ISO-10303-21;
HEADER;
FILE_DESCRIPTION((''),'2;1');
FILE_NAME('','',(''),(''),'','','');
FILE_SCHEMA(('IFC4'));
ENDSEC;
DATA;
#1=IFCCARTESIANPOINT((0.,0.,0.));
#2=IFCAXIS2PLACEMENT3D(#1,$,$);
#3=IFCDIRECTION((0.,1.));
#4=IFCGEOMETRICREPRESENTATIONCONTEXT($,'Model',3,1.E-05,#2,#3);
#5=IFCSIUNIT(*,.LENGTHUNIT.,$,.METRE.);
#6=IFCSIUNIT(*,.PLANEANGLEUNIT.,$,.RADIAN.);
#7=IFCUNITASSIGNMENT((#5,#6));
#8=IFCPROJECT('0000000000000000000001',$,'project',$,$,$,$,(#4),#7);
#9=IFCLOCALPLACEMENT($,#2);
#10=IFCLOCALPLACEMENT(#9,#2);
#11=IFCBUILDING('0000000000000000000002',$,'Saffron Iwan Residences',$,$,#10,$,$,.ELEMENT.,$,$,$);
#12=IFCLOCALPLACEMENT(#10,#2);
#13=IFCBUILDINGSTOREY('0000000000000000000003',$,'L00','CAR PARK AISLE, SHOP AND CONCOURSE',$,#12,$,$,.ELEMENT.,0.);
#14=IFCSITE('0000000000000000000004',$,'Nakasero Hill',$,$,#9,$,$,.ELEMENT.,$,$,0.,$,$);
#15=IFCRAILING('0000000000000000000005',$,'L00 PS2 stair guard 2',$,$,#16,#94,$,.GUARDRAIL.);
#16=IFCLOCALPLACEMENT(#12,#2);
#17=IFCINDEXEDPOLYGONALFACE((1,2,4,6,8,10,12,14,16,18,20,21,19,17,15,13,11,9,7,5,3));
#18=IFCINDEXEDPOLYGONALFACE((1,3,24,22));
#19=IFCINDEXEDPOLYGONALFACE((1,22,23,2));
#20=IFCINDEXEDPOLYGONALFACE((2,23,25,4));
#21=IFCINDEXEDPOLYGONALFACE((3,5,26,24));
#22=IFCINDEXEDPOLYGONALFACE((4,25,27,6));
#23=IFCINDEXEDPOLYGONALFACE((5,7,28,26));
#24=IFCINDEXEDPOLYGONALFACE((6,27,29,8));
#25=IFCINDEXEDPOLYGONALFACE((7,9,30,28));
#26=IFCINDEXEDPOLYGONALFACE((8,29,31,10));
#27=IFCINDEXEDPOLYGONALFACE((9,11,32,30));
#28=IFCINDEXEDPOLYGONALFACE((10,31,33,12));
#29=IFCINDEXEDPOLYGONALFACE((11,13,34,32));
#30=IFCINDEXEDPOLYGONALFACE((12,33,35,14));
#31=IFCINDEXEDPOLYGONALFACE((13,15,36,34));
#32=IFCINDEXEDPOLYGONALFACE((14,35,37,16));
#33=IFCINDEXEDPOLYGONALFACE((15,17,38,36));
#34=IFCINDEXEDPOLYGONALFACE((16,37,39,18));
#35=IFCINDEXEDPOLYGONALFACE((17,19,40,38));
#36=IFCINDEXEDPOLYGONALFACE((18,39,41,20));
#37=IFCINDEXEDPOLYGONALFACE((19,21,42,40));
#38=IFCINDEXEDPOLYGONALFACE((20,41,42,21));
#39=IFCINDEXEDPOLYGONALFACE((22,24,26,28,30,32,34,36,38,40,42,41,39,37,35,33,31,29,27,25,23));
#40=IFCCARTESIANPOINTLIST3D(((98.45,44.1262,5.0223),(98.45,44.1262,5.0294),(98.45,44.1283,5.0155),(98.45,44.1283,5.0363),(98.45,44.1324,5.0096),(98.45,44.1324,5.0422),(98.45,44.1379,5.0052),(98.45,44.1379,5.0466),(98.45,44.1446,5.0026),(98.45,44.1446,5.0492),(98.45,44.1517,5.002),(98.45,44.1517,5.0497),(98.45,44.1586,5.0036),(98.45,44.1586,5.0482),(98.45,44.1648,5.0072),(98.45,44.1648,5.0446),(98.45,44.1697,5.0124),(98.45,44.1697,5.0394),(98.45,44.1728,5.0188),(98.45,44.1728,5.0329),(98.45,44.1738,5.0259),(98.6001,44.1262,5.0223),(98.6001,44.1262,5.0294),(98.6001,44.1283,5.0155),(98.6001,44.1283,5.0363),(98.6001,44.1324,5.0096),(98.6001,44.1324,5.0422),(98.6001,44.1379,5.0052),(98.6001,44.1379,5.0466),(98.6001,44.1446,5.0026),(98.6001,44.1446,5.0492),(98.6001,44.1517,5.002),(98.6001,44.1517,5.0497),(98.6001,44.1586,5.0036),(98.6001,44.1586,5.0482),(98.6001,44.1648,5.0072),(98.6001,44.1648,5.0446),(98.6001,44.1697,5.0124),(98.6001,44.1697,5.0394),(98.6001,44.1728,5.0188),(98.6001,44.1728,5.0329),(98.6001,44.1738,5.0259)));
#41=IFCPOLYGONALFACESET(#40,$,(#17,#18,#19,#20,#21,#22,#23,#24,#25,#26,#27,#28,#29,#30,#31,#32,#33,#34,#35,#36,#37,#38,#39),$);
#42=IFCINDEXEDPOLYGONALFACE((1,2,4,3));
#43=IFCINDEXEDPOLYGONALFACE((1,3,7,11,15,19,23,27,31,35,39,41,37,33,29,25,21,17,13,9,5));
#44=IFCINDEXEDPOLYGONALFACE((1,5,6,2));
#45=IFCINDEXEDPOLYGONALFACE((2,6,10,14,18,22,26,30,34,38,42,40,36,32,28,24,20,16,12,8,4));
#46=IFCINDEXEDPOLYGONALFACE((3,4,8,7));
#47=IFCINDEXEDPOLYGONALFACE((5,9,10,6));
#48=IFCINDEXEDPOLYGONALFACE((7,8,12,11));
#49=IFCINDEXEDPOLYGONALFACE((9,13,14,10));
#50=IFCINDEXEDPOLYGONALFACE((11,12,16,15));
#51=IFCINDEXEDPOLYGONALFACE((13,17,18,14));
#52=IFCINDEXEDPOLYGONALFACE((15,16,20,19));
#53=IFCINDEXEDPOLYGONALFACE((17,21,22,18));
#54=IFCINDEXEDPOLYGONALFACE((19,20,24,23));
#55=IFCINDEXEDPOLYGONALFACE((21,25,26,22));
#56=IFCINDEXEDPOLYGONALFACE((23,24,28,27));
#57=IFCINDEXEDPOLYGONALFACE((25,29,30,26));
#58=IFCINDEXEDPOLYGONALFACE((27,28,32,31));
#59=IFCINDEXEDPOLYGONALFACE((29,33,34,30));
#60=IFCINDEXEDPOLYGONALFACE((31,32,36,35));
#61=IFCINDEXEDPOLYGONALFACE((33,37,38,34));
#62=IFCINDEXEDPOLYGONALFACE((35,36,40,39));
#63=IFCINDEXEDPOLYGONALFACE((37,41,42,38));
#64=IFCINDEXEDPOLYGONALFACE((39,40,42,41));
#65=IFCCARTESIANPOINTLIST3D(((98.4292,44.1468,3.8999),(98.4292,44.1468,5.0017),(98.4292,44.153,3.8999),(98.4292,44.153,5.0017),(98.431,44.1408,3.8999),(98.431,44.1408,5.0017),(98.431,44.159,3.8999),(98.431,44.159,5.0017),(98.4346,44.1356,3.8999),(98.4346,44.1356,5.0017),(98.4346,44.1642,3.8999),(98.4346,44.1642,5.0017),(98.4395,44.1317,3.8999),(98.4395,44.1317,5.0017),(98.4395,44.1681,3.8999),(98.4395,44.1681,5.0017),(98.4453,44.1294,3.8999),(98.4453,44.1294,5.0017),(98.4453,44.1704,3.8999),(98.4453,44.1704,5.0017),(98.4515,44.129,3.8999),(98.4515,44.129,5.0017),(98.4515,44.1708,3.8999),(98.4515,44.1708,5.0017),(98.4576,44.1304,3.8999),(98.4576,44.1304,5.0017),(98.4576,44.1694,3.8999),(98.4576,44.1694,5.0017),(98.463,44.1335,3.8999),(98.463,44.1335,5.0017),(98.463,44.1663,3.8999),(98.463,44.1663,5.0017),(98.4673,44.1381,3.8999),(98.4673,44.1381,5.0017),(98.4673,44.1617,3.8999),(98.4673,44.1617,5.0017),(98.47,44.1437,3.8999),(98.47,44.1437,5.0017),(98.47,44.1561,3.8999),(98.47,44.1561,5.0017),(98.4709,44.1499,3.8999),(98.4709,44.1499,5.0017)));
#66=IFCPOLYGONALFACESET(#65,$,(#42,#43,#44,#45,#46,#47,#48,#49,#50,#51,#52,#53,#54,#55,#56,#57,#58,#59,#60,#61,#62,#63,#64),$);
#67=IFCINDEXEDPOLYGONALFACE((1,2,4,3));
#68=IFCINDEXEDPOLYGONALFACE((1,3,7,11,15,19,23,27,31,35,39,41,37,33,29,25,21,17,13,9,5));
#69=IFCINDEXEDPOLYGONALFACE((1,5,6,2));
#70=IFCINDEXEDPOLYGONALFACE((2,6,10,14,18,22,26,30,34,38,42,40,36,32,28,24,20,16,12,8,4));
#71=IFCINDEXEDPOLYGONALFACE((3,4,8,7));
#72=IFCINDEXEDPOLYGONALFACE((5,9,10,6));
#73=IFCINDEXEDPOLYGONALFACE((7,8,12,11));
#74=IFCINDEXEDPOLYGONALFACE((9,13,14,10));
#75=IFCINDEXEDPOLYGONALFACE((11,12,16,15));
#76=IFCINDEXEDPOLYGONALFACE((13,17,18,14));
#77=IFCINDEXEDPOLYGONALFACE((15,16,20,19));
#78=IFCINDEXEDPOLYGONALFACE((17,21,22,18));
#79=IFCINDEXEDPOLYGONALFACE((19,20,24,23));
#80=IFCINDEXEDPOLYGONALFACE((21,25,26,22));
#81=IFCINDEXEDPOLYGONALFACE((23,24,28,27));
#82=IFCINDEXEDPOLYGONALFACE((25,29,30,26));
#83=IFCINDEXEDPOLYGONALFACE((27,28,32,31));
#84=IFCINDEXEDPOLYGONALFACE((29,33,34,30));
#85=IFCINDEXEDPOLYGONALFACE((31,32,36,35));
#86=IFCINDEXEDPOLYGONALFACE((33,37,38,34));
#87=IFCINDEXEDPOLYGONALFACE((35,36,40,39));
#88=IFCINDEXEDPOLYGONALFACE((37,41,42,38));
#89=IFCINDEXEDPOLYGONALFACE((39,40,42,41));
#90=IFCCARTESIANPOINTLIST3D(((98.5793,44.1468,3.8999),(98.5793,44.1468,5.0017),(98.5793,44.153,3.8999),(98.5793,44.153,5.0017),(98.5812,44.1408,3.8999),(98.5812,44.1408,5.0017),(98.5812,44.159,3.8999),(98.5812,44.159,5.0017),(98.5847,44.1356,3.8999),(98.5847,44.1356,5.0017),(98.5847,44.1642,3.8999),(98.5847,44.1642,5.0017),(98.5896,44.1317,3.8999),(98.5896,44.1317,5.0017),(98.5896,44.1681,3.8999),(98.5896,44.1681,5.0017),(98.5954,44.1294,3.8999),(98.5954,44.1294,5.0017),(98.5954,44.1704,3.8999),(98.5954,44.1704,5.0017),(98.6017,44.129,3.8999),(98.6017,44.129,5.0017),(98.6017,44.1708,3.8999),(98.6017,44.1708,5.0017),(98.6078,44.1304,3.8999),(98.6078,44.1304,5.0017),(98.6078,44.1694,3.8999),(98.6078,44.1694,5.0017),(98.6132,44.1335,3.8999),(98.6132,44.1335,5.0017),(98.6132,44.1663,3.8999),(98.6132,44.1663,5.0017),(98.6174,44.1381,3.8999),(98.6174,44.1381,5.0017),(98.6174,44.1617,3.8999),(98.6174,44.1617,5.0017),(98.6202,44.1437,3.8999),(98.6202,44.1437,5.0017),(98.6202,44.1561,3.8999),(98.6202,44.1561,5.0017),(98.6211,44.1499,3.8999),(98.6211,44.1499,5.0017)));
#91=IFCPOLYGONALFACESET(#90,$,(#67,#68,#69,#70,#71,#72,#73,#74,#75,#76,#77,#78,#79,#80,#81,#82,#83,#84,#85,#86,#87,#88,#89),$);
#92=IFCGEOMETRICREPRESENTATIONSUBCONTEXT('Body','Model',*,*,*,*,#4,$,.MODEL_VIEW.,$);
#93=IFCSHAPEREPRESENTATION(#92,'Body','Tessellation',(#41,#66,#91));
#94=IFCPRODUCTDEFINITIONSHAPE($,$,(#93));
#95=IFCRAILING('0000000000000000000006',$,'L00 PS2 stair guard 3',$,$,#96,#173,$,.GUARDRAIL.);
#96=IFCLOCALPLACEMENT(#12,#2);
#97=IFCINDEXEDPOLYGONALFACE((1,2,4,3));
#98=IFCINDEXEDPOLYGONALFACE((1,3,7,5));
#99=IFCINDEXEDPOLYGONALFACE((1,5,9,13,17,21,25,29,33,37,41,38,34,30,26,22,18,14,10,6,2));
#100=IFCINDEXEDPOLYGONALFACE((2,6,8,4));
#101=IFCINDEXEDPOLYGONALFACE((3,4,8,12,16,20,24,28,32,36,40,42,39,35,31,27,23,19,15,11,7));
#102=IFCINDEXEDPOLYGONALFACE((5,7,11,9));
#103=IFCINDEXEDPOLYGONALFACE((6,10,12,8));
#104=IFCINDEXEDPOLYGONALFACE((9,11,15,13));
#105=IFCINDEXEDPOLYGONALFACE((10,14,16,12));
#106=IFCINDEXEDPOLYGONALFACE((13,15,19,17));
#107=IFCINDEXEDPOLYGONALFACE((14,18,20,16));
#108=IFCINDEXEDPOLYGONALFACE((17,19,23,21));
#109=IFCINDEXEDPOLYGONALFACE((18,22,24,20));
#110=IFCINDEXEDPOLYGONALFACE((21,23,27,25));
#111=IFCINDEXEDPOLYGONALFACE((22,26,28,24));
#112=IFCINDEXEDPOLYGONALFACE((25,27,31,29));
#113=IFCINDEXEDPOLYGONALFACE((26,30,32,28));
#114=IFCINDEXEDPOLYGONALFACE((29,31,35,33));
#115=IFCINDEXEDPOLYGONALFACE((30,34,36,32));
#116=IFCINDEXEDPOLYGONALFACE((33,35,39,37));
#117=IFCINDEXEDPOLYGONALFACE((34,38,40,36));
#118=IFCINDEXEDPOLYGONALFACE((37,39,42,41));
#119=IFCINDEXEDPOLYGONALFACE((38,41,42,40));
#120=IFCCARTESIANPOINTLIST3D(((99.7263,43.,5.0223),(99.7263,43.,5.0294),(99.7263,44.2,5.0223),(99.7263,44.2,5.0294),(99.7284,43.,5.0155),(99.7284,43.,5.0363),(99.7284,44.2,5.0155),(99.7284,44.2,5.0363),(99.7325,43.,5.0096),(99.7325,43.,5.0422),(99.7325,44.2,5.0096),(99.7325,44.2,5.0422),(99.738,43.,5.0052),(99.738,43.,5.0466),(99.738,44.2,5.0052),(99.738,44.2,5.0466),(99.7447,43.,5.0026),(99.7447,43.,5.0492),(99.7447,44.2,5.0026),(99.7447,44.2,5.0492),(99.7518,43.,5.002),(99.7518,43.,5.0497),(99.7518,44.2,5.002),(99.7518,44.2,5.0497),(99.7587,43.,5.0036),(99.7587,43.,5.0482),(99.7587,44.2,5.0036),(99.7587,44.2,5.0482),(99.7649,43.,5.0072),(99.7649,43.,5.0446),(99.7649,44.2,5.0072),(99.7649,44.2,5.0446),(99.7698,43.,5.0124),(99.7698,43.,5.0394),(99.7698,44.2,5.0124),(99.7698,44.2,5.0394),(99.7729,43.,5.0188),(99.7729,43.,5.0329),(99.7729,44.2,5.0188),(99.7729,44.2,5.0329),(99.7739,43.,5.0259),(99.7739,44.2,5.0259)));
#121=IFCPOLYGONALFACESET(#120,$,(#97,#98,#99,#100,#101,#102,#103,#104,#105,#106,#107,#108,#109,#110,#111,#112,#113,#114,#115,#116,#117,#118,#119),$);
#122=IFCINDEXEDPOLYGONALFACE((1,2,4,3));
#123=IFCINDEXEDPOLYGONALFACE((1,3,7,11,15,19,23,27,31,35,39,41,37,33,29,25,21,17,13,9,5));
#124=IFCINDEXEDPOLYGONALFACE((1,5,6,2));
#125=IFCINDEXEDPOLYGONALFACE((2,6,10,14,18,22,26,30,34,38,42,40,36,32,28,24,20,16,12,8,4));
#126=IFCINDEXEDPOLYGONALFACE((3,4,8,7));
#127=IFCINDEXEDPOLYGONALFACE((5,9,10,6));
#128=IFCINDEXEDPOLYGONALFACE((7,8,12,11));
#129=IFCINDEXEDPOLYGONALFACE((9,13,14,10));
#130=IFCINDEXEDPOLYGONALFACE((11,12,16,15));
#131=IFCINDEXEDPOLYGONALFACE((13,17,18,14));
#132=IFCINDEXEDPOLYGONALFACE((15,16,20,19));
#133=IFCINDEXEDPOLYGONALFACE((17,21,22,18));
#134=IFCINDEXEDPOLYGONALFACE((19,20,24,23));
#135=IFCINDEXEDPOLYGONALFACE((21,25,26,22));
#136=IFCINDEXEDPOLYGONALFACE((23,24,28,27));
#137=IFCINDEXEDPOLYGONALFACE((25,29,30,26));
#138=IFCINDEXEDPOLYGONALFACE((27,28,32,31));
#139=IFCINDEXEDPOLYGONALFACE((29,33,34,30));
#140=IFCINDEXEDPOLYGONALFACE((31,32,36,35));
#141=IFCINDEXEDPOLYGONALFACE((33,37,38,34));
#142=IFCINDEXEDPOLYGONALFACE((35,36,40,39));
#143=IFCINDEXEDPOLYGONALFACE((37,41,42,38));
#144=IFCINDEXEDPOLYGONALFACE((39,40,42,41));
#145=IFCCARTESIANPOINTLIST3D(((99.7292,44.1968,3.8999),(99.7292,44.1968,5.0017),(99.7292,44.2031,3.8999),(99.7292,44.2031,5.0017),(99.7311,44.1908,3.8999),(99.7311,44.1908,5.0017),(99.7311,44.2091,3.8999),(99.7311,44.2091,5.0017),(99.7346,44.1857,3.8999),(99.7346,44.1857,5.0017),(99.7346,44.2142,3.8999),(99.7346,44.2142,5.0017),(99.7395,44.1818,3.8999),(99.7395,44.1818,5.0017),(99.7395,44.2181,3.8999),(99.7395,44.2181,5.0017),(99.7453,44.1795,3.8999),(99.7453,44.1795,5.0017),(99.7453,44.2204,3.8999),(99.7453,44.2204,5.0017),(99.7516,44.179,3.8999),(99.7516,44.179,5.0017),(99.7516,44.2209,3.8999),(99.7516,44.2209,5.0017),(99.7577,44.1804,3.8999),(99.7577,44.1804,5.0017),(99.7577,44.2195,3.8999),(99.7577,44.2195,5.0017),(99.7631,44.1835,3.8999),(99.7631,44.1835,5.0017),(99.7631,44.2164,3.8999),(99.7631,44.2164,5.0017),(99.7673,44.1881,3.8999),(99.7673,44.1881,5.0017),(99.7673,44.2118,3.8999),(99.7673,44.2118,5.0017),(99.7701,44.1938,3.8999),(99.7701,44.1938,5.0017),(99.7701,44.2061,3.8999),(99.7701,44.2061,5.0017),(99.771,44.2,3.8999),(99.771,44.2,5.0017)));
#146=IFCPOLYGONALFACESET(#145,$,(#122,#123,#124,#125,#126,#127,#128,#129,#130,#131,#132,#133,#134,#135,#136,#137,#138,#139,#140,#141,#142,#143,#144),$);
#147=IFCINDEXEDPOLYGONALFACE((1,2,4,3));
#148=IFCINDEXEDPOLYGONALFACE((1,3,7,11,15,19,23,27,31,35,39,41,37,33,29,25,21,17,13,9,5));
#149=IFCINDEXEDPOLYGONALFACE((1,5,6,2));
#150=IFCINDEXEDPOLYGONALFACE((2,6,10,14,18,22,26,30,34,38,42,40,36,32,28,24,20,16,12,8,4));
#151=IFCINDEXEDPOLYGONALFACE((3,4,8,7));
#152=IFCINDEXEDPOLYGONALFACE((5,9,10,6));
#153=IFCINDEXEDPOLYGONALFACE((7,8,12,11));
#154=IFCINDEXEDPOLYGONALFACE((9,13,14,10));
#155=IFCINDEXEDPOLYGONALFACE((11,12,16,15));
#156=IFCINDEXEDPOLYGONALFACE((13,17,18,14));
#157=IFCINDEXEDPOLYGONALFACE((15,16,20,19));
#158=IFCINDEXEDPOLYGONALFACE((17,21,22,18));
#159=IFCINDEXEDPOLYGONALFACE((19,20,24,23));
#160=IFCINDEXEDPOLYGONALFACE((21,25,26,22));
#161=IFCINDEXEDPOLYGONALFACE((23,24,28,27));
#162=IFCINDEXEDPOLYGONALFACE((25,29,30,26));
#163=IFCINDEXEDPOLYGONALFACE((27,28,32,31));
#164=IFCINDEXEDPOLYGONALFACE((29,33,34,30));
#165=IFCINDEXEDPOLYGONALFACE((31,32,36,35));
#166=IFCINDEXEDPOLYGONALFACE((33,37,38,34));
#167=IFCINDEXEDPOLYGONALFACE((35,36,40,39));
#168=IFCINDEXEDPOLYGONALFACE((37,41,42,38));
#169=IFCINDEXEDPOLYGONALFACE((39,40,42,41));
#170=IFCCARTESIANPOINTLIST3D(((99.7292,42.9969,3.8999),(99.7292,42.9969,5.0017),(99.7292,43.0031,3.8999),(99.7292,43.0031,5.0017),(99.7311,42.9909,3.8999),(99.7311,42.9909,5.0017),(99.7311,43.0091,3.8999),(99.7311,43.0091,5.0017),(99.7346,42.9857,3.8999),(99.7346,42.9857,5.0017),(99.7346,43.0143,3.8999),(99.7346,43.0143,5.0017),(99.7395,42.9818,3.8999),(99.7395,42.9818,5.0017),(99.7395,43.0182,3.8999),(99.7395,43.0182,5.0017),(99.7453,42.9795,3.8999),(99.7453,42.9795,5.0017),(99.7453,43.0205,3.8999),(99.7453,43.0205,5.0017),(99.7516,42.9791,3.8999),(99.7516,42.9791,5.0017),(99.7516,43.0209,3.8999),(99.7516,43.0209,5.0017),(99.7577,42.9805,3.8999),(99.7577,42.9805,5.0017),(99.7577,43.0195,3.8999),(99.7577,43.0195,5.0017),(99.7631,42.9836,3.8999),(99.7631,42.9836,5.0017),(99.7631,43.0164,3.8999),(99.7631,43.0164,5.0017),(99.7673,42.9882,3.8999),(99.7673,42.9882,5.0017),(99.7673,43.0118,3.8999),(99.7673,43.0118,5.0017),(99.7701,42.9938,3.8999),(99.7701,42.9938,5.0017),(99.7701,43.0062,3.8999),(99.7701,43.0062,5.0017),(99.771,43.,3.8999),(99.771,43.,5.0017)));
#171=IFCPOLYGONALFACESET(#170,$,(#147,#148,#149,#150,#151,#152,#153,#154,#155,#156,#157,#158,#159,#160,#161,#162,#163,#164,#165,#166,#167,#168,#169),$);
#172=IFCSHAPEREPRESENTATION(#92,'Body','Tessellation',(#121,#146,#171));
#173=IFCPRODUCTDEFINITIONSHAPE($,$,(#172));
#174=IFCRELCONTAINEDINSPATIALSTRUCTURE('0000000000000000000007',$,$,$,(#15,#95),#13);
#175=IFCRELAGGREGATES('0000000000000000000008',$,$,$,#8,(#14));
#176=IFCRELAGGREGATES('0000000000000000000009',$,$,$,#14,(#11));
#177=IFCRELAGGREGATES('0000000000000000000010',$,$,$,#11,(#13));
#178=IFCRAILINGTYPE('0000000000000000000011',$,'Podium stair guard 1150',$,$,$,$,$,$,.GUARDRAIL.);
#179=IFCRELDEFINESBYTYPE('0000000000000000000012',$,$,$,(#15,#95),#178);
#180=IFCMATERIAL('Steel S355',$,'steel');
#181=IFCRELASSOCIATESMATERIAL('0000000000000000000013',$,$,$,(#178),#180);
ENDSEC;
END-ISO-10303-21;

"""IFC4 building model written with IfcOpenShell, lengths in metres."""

from ifc_helpers import new_model, si_unit, direction, frame, origin, origin_2d, place, context, subcontext, project, spatial, circle, extrude, material, type_object, element, save


model = new_model("IFC4")

# Units and contexts
model_context = context("Model", 3, precision=1e-05, world=origin(), true_north=direction((0.0, 1.0)))
body_context = subcontext(model_context, "Body", "Model", "MODEL_VIEW")
ifc_project = project(units=[si_unit("LENGTHUNIT", "METRE"), si_unit("PLANEANGLEUNIT", "RADIAN")], contexts=[model_context])

# Site, building, storey
site_placement = place(None, origin())
site = spatial("IfcSite", under=ifc_project, at=site_placement, Name="Nakasero Hill", CompositionType="ELEMENT", RefElevation=0.0)
building_placement = place(site_placement, origin())
building = spatial("IfcBuilding", under=site, at=building_placement, Name="Saffron Iwan Residences", CompositionType="ELEMENT")
storey_placement = place(building_placement, origin())
storey = spatial("IfcBuildingStorey", under=building, at=storey_placement, Name="L00", Description="CAR PARK AISLE, SHOP AND CONCOURSE", CompositionType="ELEMENT", Elevation=0.0)

# Railings
ifc_material_1 = material(Name="Steel S355", Category="steel")
railing_type_1 = type_object("IfcRailingType", Name="Podium stair guard 1150", PredefinedType="GUARDRAIL", material=ifc_material_1)
railing_1_placement = place(storey_placement, frame((98.45, 44.1499, 3.8999)))
element("IfcRailing", 1, at=railing_1_placement, inside=storey, type_object=railing_type_1, Name="L00 PS2 stair guard 2", PredefinedType="GUARDRAIL", context=body_context, shape_type="SweptSolid", body=[
    extrude(circle(Radius=0.0239, at=origin_2d()), frame((0.0, 0.0, 1.126), z_axis=(1.0, 0.0, 0.0), x_axis=(0.0, 1.0, 0.0)), (0.0, 0.0, 1.0), 0.1501),
    extrude(circle(Radius=0.021, at=origin_2d()), origin(), (0.0, 0.0, 1.0), 1.1018),
    extrude(circle(Radius=0.021, at=origin_2d()), frame((0.1501, 0.0, 0.0)), (0.0, 0.0, 1.0), 1.1018),
])
railing_2_placement = place(storey_placement, frame((99.75, 44.2, 3.8999)))
element("IfcRailing", 2, at=railing_2_placement, inside=storey, type_object=railing_type_1, Name="L00 PS2 stair guard 3", PredefinedType="GUARDRAIL", context=body_context, shape_type="SweptSolid", body=[
    extrude(circle(Radius=0.0239, at=origin_2d()), frame((0.0, 0.0, 1.126), z_axis=(0.0, -1.0, 0.0), x_axis=(1.0, 0.0, 0.0)), (0.0, 0.0, 1.0), 1.2),
    extrude(circle(Radius=0.021, at=origin_2d()), origin(), (0.0, 0.0, 1.0), 1.1018),
    extrude(circle(Radius=0.021, at=origin_2d()), frame((0.0, -1.2, 0.0)), (0.0, 0.0, 1.0), 1.1018),
])

save(model, "model.ifc")
